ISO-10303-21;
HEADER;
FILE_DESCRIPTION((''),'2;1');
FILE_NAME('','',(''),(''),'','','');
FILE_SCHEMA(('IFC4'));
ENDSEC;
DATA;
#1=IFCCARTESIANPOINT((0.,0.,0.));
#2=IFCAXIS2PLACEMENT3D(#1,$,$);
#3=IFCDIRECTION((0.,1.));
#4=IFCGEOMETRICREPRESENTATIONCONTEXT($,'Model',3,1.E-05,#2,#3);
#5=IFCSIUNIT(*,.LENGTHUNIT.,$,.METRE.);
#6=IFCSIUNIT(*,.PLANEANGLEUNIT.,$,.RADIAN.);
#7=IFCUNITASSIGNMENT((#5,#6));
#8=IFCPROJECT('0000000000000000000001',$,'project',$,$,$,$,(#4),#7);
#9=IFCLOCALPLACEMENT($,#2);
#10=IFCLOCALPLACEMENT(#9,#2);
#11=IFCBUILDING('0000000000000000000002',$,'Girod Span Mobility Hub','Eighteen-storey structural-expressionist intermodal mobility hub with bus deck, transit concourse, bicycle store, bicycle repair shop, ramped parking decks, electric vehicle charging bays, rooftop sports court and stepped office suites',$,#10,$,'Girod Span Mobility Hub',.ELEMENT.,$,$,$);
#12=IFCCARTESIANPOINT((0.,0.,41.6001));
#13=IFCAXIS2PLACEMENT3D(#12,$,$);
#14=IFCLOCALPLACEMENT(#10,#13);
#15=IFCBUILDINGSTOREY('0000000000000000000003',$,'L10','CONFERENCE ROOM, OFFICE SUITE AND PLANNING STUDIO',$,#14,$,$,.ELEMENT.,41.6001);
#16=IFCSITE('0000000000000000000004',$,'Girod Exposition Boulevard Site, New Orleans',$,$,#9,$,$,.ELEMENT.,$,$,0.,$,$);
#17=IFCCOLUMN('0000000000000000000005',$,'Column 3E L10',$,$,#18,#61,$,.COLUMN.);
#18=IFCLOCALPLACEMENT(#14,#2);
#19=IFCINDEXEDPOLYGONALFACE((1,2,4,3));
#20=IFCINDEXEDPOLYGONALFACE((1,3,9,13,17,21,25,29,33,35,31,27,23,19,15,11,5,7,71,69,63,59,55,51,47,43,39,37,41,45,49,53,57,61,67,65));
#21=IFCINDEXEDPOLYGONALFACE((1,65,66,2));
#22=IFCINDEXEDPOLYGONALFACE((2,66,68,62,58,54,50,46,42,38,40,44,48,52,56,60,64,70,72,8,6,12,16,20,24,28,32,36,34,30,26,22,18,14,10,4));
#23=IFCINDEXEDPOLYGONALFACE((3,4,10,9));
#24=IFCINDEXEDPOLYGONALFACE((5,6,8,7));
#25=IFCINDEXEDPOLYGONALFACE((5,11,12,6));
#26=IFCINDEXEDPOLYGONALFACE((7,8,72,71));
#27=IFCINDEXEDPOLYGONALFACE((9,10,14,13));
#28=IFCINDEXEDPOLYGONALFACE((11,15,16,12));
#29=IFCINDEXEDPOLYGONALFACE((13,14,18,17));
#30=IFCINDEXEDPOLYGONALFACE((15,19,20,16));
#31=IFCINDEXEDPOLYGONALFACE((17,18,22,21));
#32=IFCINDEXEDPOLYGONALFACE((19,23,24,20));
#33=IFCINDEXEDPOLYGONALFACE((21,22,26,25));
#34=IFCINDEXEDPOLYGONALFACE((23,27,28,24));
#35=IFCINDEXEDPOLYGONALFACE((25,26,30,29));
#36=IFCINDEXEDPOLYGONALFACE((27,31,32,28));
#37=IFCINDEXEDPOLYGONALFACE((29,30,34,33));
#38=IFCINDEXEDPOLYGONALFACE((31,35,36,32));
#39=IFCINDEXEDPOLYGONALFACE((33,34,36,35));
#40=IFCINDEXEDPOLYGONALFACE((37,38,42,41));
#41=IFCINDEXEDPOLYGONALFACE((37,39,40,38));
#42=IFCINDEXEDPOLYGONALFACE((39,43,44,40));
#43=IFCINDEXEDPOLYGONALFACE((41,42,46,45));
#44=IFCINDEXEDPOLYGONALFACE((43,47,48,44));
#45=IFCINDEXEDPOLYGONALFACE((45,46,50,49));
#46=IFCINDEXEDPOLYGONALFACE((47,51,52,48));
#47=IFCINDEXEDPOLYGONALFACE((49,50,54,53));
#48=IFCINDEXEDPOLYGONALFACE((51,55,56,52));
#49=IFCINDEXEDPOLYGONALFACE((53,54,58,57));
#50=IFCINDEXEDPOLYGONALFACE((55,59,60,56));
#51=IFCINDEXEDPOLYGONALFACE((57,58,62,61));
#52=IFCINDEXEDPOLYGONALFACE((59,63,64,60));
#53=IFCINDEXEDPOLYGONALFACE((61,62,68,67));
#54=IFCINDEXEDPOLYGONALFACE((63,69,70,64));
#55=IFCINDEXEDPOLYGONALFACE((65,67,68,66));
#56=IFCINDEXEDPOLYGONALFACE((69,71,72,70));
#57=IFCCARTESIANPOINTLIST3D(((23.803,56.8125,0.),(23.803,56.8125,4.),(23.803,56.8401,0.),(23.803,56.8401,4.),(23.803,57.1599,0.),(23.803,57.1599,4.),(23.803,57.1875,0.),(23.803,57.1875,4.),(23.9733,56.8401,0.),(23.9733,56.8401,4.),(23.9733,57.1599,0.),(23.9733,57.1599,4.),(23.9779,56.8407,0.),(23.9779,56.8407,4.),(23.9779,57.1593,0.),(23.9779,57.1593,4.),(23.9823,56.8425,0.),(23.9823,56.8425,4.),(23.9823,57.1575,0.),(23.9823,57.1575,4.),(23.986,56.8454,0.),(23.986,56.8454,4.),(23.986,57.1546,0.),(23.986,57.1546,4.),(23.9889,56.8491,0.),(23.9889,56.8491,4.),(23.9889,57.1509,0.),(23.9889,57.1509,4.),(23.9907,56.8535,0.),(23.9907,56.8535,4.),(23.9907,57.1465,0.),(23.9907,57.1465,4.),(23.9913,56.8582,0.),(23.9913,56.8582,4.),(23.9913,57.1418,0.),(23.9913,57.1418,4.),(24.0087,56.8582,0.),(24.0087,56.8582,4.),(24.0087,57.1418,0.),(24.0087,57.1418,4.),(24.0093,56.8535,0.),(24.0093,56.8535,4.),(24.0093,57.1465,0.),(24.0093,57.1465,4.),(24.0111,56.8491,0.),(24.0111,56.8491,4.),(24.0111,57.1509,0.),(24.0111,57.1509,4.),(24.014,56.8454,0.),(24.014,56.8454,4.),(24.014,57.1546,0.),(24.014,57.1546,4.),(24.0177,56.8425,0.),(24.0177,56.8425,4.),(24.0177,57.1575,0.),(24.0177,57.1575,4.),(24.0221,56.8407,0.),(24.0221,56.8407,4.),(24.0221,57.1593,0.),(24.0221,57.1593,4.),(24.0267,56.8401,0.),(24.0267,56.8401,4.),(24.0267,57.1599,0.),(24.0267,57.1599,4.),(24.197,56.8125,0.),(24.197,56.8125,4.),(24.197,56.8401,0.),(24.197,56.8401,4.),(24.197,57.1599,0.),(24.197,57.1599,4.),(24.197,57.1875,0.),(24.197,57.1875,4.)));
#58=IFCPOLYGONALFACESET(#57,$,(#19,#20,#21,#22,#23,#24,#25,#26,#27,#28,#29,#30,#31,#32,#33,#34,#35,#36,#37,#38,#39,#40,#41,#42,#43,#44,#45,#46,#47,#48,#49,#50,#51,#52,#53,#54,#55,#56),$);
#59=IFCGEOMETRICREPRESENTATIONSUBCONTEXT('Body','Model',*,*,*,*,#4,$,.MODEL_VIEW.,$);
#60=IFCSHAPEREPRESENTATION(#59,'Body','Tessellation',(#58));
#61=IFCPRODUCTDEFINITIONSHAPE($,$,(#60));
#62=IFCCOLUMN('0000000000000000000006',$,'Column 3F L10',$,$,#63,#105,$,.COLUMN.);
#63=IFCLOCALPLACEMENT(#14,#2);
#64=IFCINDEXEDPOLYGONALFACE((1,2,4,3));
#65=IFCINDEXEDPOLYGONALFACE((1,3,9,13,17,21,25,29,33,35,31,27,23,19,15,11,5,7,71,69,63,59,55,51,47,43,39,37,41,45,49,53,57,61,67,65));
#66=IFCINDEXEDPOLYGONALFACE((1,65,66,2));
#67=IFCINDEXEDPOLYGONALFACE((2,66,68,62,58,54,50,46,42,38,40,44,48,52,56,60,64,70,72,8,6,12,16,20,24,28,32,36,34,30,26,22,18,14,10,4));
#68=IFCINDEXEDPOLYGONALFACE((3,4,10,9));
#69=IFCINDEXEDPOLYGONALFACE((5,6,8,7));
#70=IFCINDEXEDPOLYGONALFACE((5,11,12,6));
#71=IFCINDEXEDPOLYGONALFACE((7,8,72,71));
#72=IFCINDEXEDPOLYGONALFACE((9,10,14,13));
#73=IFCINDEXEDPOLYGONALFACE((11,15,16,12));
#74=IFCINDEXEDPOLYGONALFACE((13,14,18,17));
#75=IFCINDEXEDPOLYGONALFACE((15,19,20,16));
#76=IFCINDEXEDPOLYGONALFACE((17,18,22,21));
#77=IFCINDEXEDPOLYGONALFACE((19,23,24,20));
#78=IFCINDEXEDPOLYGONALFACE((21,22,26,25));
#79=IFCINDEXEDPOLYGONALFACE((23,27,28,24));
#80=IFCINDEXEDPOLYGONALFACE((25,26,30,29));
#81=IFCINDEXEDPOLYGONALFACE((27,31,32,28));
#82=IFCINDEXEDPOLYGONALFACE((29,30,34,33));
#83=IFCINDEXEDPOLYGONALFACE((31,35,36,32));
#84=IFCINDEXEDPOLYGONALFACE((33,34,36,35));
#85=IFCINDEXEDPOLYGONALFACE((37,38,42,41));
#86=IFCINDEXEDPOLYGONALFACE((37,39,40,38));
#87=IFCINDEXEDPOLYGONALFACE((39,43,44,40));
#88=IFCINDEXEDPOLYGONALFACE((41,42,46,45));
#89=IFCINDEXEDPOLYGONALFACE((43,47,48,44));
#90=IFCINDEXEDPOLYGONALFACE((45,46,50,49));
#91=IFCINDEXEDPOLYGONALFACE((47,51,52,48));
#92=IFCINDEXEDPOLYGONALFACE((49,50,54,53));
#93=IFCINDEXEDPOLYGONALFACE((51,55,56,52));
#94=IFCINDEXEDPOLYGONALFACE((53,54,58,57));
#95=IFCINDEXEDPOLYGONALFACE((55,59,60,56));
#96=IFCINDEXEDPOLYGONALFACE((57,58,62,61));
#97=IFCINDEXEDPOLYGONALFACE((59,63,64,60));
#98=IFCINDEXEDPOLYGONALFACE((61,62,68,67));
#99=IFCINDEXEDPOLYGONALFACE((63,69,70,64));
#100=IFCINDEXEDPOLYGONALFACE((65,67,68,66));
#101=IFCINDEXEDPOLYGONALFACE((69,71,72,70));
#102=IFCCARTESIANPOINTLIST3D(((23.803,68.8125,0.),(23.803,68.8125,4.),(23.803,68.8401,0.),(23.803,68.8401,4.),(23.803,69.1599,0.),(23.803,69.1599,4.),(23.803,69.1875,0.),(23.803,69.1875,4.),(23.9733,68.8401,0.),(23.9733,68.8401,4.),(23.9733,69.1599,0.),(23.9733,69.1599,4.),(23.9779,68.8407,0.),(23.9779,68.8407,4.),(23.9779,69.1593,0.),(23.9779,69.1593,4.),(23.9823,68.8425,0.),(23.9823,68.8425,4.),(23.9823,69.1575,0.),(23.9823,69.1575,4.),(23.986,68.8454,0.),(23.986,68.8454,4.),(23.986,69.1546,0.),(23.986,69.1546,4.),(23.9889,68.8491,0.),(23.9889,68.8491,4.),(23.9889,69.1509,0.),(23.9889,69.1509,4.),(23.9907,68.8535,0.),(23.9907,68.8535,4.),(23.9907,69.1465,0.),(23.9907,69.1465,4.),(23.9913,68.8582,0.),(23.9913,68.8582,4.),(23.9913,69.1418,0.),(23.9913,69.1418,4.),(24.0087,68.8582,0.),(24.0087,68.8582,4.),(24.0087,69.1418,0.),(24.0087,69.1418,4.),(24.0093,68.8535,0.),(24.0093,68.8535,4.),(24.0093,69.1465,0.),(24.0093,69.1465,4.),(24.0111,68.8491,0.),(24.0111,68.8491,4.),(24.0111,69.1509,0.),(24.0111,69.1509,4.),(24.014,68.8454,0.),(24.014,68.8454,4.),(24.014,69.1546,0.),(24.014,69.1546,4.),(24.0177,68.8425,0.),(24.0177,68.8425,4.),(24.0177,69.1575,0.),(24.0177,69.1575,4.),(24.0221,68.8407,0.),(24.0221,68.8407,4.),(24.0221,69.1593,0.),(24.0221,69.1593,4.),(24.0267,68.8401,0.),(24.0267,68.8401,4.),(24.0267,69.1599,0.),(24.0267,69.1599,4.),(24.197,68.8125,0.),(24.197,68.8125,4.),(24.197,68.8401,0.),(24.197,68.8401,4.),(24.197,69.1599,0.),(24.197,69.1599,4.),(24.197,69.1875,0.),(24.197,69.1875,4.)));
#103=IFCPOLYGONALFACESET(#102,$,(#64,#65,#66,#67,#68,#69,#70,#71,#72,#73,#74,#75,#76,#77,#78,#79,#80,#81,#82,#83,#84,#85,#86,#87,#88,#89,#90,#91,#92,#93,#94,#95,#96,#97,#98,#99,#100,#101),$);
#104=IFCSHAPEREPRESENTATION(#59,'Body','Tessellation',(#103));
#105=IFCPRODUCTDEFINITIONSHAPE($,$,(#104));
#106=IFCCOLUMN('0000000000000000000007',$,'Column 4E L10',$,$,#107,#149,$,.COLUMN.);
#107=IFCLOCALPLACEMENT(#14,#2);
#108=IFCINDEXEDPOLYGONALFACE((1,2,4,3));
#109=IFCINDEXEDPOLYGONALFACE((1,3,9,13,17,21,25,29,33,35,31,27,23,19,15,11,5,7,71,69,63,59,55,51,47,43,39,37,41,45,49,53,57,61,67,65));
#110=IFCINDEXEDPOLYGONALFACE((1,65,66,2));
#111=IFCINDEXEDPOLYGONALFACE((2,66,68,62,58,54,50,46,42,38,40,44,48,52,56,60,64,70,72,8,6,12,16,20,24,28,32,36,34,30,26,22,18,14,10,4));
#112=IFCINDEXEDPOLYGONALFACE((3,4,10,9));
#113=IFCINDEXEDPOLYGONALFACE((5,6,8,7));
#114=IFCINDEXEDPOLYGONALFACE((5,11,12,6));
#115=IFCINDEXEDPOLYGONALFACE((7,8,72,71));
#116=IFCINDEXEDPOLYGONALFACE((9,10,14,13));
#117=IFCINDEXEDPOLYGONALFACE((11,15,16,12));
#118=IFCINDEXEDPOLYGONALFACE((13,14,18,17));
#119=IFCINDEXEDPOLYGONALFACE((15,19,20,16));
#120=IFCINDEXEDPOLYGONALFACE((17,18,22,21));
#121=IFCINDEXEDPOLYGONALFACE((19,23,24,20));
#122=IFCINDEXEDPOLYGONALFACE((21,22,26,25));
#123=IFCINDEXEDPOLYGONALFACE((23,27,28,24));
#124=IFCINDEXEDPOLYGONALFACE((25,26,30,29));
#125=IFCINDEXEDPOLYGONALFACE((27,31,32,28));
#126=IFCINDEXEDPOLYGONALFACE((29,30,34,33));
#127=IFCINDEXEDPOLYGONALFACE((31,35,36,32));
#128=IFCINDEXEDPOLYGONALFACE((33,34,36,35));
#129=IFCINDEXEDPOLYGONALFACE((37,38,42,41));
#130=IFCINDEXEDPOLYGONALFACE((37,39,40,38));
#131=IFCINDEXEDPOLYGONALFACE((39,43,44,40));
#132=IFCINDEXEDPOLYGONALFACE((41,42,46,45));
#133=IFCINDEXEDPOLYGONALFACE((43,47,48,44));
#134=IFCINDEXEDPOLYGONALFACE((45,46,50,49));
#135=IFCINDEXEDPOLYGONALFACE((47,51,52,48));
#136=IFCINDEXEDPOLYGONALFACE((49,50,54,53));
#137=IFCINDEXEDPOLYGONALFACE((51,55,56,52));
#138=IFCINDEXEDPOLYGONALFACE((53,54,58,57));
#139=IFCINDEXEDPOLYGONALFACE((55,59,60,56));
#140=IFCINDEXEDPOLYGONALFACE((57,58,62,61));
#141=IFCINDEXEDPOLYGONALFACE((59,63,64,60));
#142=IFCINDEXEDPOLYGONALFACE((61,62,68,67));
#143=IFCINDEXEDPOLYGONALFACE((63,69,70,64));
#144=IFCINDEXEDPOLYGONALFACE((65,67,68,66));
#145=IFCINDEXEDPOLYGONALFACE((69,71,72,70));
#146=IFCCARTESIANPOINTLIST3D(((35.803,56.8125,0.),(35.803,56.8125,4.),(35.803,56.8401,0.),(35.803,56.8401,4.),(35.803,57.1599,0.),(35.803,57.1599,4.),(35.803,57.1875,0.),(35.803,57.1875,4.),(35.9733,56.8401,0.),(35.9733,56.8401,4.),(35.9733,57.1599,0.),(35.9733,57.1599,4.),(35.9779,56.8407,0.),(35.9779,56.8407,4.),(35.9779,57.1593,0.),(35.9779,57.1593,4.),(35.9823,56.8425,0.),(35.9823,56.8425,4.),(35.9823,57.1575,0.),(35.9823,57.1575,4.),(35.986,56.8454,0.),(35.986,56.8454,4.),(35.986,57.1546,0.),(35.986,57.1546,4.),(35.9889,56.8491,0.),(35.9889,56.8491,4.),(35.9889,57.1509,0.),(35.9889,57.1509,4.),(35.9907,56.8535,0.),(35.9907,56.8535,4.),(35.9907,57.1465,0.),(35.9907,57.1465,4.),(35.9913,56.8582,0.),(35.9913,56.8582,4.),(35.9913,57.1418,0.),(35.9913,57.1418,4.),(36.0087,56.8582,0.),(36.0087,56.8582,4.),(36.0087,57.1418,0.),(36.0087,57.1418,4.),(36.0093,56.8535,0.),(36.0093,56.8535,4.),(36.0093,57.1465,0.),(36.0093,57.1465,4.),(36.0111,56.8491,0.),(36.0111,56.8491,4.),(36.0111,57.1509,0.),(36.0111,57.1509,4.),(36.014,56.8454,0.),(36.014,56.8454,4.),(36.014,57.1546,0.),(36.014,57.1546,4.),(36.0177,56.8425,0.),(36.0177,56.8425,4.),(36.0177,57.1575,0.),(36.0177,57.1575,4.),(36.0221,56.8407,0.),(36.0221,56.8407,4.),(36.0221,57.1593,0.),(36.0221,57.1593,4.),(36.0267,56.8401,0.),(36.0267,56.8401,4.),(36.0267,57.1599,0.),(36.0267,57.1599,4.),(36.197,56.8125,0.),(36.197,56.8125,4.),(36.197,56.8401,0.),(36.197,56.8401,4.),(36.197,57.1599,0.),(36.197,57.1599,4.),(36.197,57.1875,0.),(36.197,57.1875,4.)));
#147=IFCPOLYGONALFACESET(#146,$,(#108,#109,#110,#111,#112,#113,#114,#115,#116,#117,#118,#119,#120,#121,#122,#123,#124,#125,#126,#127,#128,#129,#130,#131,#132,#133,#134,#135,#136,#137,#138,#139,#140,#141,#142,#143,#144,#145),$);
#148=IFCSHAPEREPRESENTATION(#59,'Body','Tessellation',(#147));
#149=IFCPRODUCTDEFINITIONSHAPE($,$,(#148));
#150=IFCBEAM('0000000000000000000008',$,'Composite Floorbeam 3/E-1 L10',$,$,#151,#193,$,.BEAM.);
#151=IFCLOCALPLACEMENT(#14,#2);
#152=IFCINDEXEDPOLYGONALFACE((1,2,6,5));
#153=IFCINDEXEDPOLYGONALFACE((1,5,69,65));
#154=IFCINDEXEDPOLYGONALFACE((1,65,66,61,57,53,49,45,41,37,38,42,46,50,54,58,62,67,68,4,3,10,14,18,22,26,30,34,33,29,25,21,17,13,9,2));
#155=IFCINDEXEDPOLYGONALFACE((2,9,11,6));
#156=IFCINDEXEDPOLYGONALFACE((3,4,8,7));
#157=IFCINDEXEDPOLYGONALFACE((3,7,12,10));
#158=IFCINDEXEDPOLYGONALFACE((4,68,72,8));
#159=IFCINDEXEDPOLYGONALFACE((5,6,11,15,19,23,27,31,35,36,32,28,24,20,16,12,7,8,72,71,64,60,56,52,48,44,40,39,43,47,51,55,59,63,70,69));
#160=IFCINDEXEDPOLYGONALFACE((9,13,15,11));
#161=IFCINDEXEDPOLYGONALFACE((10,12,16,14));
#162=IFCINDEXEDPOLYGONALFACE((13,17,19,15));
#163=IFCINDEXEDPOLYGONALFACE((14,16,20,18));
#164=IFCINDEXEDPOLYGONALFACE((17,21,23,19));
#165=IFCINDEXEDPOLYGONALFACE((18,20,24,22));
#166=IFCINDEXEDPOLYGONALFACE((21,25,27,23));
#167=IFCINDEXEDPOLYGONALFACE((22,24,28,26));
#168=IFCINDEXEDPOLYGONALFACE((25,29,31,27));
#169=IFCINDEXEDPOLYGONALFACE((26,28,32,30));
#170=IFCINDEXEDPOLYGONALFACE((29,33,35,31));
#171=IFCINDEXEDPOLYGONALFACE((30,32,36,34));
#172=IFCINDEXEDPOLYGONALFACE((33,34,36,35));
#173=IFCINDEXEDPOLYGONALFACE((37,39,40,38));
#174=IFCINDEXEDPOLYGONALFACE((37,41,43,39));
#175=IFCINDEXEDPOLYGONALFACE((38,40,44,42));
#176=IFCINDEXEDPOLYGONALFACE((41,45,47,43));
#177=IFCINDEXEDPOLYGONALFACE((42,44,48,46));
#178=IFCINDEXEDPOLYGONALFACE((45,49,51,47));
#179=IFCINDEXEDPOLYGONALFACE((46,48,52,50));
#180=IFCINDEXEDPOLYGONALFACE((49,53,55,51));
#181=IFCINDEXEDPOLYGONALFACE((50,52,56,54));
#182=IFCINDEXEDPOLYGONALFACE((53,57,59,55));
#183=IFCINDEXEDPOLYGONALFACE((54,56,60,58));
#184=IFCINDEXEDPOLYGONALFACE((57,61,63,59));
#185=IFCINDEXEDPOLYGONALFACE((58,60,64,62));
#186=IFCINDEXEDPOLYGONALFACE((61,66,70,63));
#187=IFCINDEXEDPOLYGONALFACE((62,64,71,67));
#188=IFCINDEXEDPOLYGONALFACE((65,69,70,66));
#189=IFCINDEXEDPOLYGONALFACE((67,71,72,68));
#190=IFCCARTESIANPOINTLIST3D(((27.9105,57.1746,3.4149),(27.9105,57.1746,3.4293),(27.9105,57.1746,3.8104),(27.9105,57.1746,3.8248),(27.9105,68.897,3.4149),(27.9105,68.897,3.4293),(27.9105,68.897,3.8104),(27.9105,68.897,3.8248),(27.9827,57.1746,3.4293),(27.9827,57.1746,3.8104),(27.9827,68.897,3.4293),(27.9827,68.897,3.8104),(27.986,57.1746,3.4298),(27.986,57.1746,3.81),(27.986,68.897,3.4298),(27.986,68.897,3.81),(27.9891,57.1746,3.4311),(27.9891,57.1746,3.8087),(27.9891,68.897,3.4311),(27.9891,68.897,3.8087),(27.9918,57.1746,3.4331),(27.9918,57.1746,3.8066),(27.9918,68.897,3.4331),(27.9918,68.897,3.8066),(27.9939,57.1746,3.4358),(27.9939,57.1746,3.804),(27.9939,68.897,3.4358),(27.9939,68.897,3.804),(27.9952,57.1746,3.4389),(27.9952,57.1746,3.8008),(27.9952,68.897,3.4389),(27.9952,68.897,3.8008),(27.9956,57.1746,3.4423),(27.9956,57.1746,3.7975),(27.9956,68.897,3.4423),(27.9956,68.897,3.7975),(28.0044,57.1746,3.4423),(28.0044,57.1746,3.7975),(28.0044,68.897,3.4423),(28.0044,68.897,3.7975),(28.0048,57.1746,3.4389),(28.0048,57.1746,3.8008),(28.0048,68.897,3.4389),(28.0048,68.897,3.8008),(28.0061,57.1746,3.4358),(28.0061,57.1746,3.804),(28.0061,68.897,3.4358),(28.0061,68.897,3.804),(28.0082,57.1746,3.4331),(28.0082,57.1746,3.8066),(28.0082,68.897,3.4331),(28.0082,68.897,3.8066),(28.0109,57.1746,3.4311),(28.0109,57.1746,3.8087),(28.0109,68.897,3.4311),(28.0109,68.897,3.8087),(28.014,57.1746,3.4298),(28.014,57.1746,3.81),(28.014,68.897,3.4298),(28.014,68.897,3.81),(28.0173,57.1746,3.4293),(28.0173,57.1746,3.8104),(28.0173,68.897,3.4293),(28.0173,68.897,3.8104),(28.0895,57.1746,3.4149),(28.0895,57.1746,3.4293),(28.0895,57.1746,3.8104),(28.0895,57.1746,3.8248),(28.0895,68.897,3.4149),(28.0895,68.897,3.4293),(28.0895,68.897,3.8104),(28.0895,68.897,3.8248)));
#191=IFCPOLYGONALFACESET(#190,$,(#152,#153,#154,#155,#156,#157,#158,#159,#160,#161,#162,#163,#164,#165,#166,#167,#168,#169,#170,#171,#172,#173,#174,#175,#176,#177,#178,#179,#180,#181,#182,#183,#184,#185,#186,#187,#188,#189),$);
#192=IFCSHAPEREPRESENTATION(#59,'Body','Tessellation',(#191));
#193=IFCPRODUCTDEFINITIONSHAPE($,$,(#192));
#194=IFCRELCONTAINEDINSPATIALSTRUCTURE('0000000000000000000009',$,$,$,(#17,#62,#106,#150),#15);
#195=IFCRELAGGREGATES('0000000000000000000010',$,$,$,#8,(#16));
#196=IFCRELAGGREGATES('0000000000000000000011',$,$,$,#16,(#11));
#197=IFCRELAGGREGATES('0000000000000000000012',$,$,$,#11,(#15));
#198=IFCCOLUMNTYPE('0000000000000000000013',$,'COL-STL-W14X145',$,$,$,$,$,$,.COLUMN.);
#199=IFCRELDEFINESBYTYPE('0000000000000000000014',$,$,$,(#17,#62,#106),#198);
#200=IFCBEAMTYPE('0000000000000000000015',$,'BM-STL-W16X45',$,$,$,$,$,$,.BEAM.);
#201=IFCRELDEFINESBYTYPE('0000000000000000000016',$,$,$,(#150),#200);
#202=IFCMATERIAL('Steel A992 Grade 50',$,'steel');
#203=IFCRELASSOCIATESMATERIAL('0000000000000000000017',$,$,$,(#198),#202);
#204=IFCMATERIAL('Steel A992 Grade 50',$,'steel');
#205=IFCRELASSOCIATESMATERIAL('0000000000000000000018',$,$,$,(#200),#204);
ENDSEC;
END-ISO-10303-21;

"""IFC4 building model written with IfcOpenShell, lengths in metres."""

from ifc_helpers import new_model, si_unit, direction, frame, origin, origin_2d, place, context, subcontext, project, spatial, i_section, extrude, material, material_profile, profile_set, type_object, element, save


model = new_model("IFC4")

# Units and contexts
model_context = context("Model", 3, precision=1e-05, world=origin(), true_north=direction((0.0, 1.0)))
body_context = subcontext(model_context, "Body", "Model", "MODEL_VIEW")
ifc_project = project(units=[si_unit("LENGTHUNIT", "METRE"), si_unit("PLANEANGLEUNIT", "RADIAN")], contexts=[model_context])

# Site, building, storey
site_placement = place(None, origin())
site = spatial("IfcSite", under=ifc_project, at=site_placement, Name="Girod Exposition Boulevard Site, New Orleans", CompositionType="ELEMENT", RefElevation=0.0)
building_placement = place(site_placement, origin())
building = spatial("IfcBuilding", under=site, at=building_placement, Name="Girod Span Mobility Hub", Description="Eighteen-storey structural-expressionist intermodal mobility hub with bus deck, transit concourse, bicycle store, bicycle repair shop, ramped parking decks, electric vehicle charging bays, rooftop sports court and stepped office suites", LongName="Girod Span Mobility Hub", CompositionType="ELEMENT")
storey_placement = place(building_placement, frame((0.0, 0.0, 41.6001)))
storey = spatial("IfcBuildingStorey", under=building, at=storey_placement, Name="L10", Description="CONFERENCE ROOM, OFFICE SUITE AND PLANNING STUDIO", CompositionType="ELEMENT", Elevation=41.6001)

# Columns
ifc_material_1 = material(Name="Steel A992 Grade 50", Category="steel")
ifc_material_profile_1 = material_profile(ifc_material_1, i_section(OverallWidth=0.394, OverallDepth=0.375, WebThickness=0.0173, FlangeThickness=0.0276, FilletRadius=0.0181, at=origin_2d()), Name="W14X145")
ifc_profile_set_1 = profile_set([ifc_material_profile_1], Name="Steel A992 Grade 50")
column_type = type_object("IfcColumnType", Name="COL-STL-W14X145", PredefinedType="COLUMN", material=ifc_profile_set_1)
for number, where, z_axis, x_axis, name in (
    (1, (24.0, 57.0, 0.0), (0.0, 0.0, 1.0), (1.0, 0.0, 0.0), "Column 3E L10"),
    (2, (24.0, 69.0, 0.0), (0.0, 0.0, 1.0), (1.0, 0.0, 0.0), "Column 3F L10"),
    (3, (36.0, 57.0, 0.0), (0.0, 0.0, 1.0), (1.0, 0.0, 0.0), "Column 4E L10"),
):
    element("IfcColumn", number, at=place(storey_placement, frame(where, z_axis=z_axis, x_axis=x_axis)), inside=storey, type_object=column_type, Name=name, PredefinedType="COLUMN", context=body_context, shape_type="SweptSolid", body=[
        extrude(i_section(OverallWidth=0.394, OverallDepth=0.375, WebThickness=0.0173, FlangeThickness=0.0276, FilletRadius=0.0181, at=origin_2d()), origin(), (0.0, 0.0, 1.0), 4.0),
    ])

# Beam
ifc_material_2 = material(Name="Steel A992 Grade 50", Category="steel")
ifc_material_profile_2 = material_profile(ifc_material_2, i_section(OverallWidth=0.179, OverallDepth=0.4099, WebThickness=0.0088, FlangeThickness=0.0144, FilletRadius=0.0129, at=origin_2d()), Name="W16X45")
ifc_profile_set_2 = profile_set([ifc_material_profile_2], Name="Steel A992 Grade 50")
beam_type_1 = type_object("IfcBeamType", Name="BM-STL-W16X45", PredefinedType="BEAM", material=ifc_profile_set_2)
for number, where, z_axis, x_axis, name in (
    (4, (28.0, 57.1746, 3.6199), (0.0, 1.0, 0.0), (-1.0, 0.0, 0.0), "Composite Floorbeam 3/E-1 L10"),
):
    element("IfcBeam", number, at=place(storey_placement, frame(where, z_axis=z_axis, x_axis=x_axis)), inside=storey, type_object=beam_type_1, Name=name, PredefinedType="BEAM", context=body_context, shape_type="SweptSolid", body=[
        extrude(i_section(OverallWidth=0.179, OverallDepth=0.4099, WebThickness=0.0088, FlangeThickness=0.0144, FilletRadius=0.0129, at=origin_2d()), origin(), (0.0, 0.0, 1.0), 11.7224),
    ])

save(model, "model.ifc")
